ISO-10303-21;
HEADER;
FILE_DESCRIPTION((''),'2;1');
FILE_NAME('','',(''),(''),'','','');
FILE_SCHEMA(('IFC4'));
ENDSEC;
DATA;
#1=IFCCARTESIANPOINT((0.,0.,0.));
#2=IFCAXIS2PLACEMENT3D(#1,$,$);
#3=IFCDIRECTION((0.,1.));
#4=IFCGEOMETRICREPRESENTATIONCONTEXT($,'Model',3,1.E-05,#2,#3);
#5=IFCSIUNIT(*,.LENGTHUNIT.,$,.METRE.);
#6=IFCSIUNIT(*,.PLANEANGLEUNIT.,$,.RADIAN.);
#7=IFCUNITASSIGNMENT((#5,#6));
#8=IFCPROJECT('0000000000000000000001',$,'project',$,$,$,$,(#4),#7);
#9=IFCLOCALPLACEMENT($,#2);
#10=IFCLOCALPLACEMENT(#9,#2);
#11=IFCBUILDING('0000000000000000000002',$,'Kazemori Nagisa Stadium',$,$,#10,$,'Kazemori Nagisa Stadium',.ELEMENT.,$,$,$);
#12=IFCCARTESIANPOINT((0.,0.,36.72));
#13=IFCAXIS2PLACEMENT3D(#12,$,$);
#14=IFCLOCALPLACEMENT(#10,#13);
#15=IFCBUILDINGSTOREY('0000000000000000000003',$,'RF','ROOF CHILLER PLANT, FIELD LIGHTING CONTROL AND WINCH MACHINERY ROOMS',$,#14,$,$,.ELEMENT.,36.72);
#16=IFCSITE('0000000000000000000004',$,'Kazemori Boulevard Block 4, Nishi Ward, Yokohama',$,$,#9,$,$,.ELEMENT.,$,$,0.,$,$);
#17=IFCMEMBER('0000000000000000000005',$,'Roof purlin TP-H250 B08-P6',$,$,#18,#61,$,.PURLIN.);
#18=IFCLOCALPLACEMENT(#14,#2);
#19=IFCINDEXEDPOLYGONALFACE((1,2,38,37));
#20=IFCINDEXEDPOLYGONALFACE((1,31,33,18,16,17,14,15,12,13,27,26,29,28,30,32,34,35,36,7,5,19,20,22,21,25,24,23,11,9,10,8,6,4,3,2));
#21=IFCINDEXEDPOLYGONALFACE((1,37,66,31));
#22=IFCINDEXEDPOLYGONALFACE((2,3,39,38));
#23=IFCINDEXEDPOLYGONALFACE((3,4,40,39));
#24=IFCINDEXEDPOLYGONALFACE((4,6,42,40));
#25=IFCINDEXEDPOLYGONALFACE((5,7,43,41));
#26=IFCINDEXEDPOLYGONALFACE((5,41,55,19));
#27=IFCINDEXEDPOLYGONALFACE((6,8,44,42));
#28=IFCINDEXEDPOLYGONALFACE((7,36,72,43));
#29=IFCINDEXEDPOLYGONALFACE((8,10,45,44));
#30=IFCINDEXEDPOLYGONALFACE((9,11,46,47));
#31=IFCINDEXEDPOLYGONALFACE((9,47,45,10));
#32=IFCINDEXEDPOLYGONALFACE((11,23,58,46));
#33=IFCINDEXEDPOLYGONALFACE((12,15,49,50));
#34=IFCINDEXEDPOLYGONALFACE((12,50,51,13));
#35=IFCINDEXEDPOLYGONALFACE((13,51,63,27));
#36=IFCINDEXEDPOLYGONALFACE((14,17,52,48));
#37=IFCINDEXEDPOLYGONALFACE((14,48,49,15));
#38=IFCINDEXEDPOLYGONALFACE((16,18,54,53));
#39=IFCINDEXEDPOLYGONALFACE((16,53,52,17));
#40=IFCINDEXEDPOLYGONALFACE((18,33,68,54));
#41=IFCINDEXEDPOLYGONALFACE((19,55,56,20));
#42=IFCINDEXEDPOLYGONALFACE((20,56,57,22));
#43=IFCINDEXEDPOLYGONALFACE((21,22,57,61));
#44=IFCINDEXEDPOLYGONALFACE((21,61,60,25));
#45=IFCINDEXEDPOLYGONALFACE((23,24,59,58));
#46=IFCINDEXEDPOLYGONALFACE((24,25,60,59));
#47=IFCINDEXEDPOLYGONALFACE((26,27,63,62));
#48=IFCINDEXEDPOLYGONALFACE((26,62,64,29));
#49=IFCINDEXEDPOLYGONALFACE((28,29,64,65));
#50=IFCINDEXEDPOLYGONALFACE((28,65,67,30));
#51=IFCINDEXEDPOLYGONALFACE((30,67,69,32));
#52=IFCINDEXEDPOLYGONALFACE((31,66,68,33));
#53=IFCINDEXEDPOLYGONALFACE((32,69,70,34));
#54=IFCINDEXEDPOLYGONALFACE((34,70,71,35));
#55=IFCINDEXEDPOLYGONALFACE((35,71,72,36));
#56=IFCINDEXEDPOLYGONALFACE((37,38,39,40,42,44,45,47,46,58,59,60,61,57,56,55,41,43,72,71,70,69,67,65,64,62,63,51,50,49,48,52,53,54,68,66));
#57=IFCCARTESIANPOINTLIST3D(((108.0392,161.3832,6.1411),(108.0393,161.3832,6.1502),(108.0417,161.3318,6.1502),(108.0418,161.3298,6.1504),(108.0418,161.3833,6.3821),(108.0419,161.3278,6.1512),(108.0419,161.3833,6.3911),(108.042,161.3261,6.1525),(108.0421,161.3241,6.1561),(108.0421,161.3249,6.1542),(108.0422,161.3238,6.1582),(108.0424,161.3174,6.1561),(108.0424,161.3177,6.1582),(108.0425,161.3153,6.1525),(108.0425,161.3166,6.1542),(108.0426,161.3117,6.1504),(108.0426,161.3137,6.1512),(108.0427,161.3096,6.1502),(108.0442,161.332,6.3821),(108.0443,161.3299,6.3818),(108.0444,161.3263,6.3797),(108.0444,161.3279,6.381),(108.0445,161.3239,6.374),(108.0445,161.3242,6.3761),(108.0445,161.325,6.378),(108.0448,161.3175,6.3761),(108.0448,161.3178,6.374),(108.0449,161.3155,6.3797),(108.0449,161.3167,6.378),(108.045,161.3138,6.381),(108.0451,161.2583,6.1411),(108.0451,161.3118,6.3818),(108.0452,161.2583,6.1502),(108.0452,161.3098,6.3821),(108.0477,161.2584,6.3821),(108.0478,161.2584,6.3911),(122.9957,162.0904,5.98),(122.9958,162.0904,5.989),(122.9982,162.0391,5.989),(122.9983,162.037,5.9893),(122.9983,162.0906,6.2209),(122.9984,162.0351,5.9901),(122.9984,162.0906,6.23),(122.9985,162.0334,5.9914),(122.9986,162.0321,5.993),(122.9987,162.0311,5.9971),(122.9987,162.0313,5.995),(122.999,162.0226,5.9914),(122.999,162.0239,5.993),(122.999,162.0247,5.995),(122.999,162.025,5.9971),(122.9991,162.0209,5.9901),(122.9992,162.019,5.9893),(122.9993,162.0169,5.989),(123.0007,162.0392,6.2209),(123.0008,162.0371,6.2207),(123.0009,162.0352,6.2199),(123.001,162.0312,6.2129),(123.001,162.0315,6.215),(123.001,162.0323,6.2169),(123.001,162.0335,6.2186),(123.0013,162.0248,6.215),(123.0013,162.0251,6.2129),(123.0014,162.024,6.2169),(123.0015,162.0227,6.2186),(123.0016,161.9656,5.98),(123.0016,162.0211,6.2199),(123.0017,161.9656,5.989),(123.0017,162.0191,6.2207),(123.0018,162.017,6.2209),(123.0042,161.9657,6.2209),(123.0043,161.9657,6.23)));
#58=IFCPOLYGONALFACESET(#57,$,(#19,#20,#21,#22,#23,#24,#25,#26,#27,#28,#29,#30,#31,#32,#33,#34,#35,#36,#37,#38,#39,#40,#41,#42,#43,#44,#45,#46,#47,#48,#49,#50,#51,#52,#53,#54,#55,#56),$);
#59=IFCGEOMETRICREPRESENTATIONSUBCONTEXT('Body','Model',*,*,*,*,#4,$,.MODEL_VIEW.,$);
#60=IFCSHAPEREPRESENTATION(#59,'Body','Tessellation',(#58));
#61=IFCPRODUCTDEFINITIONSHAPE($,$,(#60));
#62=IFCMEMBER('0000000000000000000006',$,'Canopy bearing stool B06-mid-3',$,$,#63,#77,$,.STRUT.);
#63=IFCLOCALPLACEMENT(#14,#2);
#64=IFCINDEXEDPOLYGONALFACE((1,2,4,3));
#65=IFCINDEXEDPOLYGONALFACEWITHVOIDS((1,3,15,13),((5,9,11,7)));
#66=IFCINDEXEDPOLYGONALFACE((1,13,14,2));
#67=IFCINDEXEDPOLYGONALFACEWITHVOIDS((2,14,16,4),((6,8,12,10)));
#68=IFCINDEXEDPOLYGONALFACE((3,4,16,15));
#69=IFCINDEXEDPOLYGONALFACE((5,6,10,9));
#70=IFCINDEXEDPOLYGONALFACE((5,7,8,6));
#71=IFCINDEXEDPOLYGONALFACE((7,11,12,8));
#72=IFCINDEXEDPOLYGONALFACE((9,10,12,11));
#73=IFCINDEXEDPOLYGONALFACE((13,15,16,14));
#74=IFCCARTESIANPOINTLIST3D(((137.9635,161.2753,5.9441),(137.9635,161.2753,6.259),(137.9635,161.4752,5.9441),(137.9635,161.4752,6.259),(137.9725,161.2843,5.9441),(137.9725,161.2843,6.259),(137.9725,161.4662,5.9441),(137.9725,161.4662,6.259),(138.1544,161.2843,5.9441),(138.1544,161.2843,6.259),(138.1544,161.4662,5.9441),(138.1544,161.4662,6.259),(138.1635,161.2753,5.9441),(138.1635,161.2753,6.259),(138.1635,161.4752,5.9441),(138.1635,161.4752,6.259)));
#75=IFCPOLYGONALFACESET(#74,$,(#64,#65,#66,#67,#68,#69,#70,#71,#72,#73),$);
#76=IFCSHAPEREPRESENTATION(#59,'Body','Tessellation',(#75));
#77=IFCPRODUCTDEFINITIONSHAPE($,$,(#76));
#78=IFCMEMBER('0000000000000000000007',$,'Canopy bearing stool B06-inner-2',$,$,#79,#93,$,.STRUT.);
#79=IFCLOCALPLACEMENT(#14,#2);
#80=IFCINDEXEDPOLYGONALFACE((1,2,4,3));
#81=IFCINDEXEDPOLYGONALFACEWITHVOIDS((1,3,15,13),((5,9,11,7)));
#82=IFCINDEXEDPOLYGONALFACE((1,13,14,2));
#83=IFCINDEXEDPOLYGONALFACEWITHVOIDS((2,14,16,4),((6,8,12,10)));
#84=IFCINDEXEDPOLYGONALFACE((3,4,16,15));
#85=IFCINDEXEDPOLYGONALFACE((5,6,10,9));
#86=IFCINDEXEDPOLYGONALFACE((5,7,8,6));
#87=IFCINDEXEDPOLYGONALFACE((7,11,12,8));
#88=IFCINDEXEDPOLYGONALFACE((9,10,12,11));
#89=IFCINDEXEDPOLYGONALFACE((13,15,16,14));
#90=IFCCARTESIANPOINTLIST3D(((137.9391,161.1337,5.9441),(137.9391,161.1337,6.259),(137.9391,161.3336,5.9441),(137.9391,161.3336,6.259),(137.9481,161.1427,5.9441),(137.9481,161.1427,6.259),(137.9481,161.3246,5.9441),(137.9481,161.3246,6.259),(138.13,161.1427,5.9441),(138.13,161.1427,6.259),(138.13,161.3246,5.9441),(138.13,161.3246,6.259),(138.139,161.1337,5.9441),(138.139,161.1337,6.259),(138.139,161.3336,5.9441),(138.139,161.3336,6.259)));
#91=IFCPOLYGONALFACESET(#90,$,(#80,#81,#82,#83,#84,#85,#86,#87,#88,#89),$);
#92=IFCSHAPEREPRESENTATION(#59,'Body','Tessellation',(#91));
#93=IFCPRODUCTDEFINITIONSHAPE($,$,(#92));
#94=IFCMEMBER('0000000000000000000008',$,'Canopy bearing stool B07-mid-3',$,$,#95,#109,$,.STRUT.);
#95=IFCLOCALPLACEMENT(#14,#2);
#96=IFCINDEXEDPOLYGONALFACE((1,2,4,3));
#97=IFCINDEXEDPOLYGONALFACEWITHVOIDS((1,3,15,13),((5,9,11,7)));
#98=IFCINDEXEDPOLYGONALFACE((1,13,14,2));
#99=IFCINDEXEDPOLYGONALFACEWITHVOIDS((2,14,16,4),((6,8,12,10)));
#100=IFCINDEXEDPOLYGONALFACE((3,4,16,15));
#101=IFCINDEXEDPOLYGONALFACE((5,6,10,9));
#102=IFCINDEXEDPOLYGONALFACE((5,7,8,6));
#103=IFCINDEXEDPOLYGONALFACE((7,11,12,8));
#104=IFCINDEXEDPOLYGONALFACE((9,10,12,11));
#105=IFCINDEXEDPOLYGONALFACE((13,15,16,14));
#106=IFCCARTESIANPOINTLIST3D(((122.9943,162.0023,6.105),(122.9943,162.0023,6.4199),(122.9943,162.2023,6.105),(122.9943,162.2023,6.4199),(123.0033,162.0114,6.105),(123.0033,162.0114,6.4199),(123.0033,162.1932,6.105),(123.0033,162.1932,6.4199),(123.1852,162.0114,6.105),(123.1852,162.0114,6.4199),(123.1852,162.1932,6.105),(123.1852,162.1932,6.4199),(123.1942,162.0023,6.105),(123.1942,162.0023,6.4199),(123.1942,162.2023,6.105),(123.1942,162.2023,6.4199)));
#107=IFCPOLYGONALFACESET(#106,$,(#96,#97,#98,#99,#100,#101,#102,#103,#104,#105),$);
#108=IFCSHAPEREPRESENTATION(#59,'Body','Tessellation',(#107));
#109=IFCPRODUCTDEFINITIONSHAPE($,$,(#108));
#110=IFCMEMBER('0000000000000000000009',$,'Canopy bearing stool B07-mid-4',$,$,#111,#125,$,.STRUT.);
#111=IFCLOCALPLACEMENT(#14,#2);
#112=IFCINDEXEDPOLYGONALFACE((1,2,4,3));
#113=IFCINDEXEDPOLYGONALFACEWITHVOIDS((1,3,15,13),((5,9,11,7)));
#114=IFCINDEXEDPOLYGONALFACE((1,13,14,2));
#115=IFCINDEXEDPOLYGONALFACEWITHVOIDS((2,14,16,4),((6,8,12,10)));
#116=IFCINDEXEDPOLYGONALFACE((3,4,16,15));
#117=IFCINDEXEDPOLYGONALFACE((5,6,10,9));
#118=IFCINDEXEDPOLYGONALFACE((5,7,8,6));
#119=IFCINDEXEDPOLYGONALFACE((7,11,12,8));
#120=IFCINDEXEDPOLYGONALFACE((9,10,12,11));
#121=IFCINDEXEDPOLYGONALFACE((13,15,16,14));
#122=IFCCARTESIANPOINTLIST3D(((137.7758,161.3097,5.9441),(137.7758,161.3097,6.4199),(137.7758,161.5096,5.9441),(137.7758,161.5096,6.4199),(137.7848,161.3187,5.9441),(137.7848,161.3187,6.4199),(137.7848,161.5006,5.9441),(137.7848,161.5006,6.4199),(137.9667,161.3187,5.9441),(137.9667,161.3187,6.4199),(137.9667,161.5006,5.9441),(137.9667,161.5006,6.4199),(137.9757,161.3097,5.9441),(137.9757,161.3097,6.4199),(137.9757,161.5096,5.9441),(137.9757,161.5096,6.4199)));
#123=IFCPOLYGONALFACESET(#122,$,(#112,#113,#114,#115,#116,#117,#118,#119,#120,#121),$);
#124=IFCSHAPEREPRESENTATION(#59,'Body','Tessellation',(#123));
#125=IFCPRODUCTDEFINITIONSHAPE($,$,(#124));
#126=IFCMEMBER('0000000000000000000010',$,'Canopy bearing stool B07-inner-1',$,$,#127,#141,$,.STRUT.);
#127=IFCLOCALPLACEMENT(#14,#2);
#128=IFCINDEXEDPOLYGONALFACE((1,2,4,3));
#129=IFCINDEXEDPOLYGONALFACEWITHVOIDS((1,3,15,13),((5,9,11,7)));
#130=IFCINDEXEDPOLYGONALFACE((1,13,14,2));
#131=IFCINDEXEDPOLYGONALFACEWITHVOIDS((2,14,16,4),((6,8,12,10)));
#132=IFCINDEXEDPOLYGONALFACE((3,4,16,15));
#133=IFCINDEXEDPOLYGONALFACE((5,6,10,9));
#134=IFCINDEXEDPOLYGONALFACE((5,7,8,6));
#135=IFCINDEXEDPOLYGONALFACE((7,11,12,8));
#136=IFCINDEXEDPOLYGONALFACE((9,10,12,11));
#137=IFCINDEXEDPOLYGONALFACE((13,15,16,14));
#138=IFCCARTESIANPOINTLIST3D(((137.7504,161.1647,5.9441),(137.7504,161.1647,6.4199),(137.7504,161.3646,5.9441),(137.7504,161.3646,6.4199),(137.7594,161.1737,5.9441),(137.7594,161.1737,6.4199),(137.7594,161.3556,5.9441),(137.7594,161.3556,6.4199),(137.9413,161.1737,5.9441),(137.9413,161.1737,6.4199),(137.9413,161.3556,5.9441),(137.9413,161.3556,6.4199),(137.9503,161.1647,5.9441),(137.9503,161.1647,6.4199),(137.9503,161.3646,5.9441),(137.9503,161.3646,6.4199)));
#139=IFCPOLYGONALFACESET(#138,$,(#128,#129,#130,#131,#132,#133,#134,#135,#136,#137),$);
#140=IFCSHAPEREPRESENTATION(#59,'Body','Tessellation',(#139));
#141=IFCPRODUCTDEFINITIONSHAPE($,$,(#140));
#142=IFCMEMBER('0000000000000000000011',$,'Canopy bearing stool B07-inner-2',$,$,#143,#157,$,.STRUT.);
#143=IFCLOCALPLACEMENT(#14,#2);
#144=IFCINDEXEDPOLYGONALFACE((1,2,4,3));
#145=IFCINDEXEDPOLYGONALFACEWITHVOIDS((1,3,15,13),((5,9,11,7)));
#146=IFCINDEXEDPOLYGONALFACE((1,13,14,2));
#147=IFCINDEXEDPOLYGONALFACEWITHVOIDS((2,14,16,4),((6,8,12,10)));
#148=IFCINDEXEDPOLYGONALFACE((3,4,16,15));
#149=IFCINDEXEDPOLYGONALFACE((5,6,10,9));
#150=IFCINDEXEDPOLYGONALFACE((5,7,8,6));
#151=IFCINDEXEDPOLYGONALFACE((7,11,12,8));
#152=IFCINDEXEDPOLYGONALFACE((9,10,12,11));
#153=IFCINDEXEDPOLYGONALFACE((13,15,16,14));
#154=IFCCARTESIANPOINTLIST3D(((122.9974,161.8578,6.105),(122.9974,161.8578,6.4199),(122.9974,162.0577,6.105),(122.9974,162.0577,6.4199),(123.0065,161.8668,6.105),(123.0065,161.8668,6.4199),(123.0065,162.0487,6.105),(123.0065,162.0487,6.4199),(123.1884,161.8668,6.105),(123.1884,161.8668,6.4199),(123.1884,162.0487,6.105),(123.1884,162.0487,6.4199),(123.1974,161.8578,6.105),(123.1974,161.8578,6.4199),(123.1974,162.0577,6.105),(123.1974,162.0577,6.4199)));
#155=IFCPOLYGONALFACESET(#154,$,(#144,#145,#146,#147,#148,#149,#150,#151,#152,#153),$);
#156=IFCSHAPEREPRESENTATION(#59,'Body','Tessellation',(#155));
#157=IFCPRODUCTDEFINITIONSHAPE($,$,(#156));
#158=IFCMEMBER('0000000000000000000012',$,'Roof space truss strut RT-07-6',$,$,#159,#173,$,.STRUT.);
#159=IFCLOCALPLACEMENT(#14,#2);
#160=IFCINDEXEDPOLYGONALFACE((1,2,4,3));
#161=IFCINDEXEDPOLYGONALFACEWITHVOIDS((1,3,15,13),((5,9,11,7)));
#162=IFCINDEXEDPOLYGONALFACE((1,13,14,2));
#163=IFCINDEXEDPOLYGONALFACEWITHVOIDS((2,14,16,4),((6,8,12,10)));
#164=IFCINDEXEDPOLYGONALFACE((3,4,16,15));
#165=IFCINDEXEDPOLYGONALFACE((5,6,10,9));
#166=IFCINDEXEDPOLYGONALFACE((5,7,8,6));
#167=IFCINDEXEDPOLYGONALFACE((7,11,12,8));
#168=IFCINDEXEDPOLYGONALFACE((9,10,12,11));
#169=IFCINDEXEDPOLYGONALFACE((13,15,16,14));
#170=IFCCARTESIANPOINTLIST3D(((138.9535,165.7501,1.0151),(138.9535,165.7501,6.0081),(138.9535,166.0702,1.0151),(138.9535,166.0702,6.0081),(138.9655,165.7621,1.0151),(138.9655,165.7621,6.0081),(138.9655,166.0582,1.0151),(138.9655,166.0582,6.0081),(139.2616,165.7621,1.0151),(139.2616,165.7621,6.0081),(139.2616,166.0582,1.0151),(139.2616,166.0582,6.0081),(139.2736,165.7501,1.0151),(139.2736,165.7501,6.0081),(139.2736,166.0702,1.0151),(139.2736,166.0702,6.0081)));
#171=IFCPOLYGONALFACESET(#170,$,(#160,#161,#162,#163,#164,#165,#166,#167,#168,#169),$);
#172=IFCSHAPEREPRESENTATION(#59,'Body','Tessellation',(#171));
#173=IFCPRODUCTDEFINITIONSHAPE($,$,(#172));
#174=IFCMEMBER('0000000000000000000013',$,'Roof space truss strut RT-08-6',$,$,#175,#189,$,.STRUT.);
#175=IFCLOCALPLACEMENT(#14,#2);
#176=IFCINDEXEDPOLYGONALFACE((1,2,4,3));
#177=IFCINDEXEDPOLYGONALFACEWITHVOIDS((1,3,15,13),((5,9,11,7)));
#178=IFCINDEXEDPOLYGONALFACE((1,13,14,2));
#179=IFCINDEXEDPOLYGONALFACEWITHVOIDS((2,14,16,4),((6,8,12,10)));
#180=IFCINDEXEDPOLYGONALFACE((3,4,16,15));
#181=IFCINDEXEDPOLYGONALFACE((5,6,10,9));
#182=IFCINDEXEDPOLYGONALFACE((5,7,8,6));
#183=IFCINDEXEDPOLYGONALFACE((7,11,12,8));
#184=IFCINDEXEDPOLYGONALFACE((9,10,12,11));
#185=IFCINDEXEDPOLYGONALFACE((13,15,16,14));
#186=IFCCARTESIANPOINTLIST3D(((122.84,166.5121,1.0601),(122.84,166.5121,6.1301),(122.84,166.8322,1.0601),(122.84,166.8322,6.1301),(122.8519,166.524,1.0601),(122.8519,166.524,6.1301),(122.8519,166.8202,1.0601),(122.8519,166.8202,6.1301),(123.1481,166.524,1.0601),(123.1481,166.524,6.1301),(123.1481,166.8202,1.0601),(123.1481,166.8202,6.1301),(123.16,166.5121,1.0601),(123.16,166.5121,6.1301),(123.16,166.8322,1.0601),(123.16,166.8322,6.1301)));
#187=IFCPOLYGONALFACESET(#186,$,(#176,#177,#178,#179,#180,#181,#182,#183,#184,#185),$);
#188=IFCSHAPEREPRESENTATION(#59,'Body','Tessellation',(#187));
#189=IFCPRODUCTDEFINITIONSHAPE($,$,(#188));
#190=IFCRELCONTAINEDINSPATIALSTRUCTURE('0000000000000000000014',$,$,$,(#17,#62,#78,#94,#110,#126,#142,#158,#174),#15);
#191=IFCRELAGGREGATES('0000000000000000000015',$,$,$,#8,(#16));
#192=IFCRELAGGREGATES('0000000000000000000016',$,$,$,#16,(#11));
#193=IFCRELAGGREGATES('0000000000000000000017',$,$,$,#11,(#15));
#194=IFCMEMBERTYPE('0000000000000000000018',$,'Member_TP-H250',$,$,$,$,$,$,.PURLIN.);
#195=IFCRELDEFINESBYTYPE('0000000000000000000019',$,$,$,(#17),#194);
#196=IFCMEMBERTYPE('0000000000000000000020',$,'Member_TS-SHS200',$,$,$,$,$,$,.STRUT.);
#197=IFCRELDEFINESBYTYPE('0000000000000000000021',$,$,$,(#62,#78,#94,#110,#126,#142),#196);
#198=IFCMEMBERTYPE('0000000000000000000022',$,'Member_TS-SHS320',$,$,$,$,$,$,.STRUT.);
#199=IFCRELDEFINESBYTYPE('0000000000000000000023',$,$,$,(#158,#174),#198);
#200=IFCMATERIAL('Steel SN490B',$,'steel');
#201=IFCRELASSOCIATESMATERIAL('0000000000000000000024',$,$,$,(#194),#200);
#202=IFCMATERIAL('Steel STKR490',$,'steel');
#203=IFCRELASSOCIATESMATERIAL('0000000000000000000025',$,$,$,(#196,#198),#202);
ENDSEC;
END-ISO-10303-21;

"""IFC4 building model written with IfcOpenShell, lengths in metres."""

from ifc_helpers import new_model, si_unit, direction, frame, origin, origin_2d, place, context, subcontext, project, spatial, hollow_rectangle, i_section, extrude, material, material_profile, profile_set, type_object, element, save


model = new_model("IFC4")

# Units and contexts
model_context = context("Model", 3, precision=1e-05, world=origin(), true_north=direction((0.0, 1.0)))
body_context = subcontext(model_context, "Body", "Model", "MODEL_VIEW")
ifc_project = project(units=[si_unit("LENGTHUNIT", "METRE"), si_unit("PLANEANGLEUNIT", "RADIAN")], contexts=[model_context])

# Site, building, storey
site_placement = place(None, origin())
site = spatial("IfcSite", under=ifc_project, at=site_placement, Name="Kazemori Boulevard Block 4, Nishi Ward, Yokohama", CompositionType="ELEMENT", RefElevation=0.0)
building_placement = place(site_placement, origin())
building = spatial("IfcBuilding", under=site, at=building_placement, Name="Kazemori Nagisa Stadium", LongName="Kazemori Nagisa Stadium", CompositionType="ELEMENT")
storey_placement = place(building_placement, frame((0.0, 0.0, 36.72)))
storey = spatial("IfcBuildingStorey", under=building, at=storey_placement, Name="RF", Description="ROOF CHILLER PLANT, FIELD LIGHTING CONTROL AND WINCH MACHINERY ROOMS", CompositionType="ELEMENT", Elevation=36.72)

# Shared definitions
ifc_material_1 = material(Name="Steel SN490B", Category="steel")

# Members
ifc_material_2 = material(Name="Steel STKR490", Category="steel")
ifc_material_profile_1 = material_profile(ifc_material_1, i_section(OverallWidth=0.125, OverallDepth=0.25, WebThickness=0.0061, FlangeThickness=0.009, FilletRadius=0.0081, at=origin_2d()), Name="H-250x125x6x9")
ifc_profile_set_1 = profile_set([ifc_material_profile_1], Name="Steel SN490B")
member_type_1 = type_object("IfcMemberType", Name="Member_TP-H250", PredefinedType="PURLIN", material=ifc_profile_set_1)
member_1_placement = place(storey_placement, frame((123.0, 162.0281, 6.105), z_axis=(-0.998826, -0.047233, 0.010761), x_axis=(0.047236, -0.998884, 0.0)))
element("IfcMember", 1, at=member_1_placement, inside=storey, type_object=member_type_1, Name="Roof purlin TP-H250 B08-P6", PredefinedType="PURLIN", context=body_context, shape_type="SweptSolid", body=[
    extrude(i_section(OverallWidth=0.125, OverallDepth=0.25, WebThickness=0.0061, FlangeThickness=0.009, FilletRadius=0.0081, at=origin_2d()), origin(), (0.0, 0.0, 1.0), 14.9741),
])
ifc_material_profile_2 = material_profile(ifc_material_2, hollow_rectangle(XDim=0.2, YDim=0.2, WallThickness=0.009, at=origin_2d()), Name="SHS-200x200x9")
ifc_profile_set_2 = profile_set([ifc_material_profile_2], Name="Steel STKR490")
member_type_2 = type_object("IfcMemberType", Name="Member_TS-SHS200", PredefinedType="STRUT", material=ifc_profile_set_2)
for number, where, z_axis, x_axis, name in (
    (2, (138.0635, 161.3752, 5.9441), (0.0, 0.0, 1.0), (1.0, 0.0, 0.0), "Canopy bearing stool B06-mid-3"),
    (3, (138.0391, 161.2336, 5.9441), (0.0, 0.0, 1.0), (1.0, 0.0, 0.0), "Canopy bearing stool B06-inner-2"),
    (4, (123.0942, 162.1023, 6.105), (0.0, 0.0, 1.0), (1.0, 0.0, 0.0), "Canopy bearing stool B07-mid-3"),
):
    element("IfcMember", number, at=place(storey_placement, frame(where, z_axis=z_axis, x_axis=x_axis)), inside=storey, type_object=member_type_2, Name=name, PredefinedType="STRUT", context=body_context, shape_type="SweptSolid", body=[
        extrude(hollow_rectangle(XDim=0.2, YDim=0.2, WallThickness=0.009, at=origin_2d()), origin(), (0.0, 0.0, 1.0), 0.3149),
    ])
for number, where, z_axis, x_axis, name in (
    (5, (137.8757, 161.4097, 5.9441), (0.0, 0.0, 1.0), (1.0, 0.0, 0.0), "Canopy bearing stool B07-mid-4"),
    (6, (137.8503, 161.2646, 5.9441), (0.0, 0.0, 1.0), (1.0, 0.0, 0.0), "Canopy bearing stool B07-inner-1"),
):
    element("IfcMember", number, at=place(storey_placement, frame(where, z_axis=z_axis, x_axis=x_axis)), inside=storey, type_object=member_type_2, Name=name, PredefinedType="STRUT", context=body_context, shape_type="SweptSolid", body=[
        extrude(hollow_rectangle(XDim=0.2, YDim=0.2, WallThickness=0.009, at=origin_2d()), origin(), (0.0, 0.0, 1.0), 0.4758),
    ])
member_2_placement = place(storey_placement, frame((123.0974, 161.9578, 6.105), z_axis=(0.0, 0.0, 1.0), x_axis=(1.0, 0.0, 0.0)))
element("IfcMember", 7, at=member_2_placement, inside=storey, type_object=member_type_2, Name="Canopy bearing stool B07-inner-2", PredefinedType="STRUT", context=body_context, shape_type="SweptSolid", body=[
    extrude(hollow_rectangle(XDim=0.2, YDim=0.2, WallThickness=0.009, at=origin_2d()), origin(), (0.0, 0.0, 1.0), 0.3149),
])
ifc_material_profile_3 = material_profile(ifc_material_2, hollow_rectangle(XDim=0.3201, YDim=0.3201, WallThickness=0.012, at=origin_2d()), Name="SHS-320x320x12")
ifc_profile_set_3 = profile_set([ifc_material_profile_3], Name="Steel STKR490")
member_type_3 = type_object("IfcMemberType", Name="Member_TS-SHS320", PredefinedType="STRUT", material=ifc_profile_set_3)
member_3_placement = place(storey_placement, frame((139.1135, 165.9102, 1.0151), z_axis=(0.0, 0.0, 1.0), x_axis=(1.0, 0.0, 0.0)))
element("IfcMember", 8, at=member_3_placement, inside=storey, type_object=member_type_3, Name="Roof space truss strut RT-07-6", PredefinedType="STRUT", context=body_context, shape_type="SweptSolid", body=[
    extrude(hollow_rectangle(XDim=0.3201, YDim=0.3201, WallThickness=0.012, at=origin_2d()), origin(), (0.0, 0.0, 1.0), 4.9929),
])
member_4_placement = place(storey_placement, frame((123.0, 166.6721, 1.0601), z_axis=(0.0, 0.0, 1.0), x_axis=(1.0, 0.0, 0.0)))
element("IfcMember", 9, at=member_4_placement, inside=storey, type_object=member_type_3, Name="Roof space truss strut RT-08-6", PredefinedType="STRUT", context=body_context, shape_type="SweptSolid", body=[
    extrude(hollow_rectangle(XDim=0.3201, YDim=0.3201, WallThickness=0.012, at=origin_2d()), origin(), (0.0, 0.0, 1.0), 5.0701),
])

save(model, "model.ifc")
